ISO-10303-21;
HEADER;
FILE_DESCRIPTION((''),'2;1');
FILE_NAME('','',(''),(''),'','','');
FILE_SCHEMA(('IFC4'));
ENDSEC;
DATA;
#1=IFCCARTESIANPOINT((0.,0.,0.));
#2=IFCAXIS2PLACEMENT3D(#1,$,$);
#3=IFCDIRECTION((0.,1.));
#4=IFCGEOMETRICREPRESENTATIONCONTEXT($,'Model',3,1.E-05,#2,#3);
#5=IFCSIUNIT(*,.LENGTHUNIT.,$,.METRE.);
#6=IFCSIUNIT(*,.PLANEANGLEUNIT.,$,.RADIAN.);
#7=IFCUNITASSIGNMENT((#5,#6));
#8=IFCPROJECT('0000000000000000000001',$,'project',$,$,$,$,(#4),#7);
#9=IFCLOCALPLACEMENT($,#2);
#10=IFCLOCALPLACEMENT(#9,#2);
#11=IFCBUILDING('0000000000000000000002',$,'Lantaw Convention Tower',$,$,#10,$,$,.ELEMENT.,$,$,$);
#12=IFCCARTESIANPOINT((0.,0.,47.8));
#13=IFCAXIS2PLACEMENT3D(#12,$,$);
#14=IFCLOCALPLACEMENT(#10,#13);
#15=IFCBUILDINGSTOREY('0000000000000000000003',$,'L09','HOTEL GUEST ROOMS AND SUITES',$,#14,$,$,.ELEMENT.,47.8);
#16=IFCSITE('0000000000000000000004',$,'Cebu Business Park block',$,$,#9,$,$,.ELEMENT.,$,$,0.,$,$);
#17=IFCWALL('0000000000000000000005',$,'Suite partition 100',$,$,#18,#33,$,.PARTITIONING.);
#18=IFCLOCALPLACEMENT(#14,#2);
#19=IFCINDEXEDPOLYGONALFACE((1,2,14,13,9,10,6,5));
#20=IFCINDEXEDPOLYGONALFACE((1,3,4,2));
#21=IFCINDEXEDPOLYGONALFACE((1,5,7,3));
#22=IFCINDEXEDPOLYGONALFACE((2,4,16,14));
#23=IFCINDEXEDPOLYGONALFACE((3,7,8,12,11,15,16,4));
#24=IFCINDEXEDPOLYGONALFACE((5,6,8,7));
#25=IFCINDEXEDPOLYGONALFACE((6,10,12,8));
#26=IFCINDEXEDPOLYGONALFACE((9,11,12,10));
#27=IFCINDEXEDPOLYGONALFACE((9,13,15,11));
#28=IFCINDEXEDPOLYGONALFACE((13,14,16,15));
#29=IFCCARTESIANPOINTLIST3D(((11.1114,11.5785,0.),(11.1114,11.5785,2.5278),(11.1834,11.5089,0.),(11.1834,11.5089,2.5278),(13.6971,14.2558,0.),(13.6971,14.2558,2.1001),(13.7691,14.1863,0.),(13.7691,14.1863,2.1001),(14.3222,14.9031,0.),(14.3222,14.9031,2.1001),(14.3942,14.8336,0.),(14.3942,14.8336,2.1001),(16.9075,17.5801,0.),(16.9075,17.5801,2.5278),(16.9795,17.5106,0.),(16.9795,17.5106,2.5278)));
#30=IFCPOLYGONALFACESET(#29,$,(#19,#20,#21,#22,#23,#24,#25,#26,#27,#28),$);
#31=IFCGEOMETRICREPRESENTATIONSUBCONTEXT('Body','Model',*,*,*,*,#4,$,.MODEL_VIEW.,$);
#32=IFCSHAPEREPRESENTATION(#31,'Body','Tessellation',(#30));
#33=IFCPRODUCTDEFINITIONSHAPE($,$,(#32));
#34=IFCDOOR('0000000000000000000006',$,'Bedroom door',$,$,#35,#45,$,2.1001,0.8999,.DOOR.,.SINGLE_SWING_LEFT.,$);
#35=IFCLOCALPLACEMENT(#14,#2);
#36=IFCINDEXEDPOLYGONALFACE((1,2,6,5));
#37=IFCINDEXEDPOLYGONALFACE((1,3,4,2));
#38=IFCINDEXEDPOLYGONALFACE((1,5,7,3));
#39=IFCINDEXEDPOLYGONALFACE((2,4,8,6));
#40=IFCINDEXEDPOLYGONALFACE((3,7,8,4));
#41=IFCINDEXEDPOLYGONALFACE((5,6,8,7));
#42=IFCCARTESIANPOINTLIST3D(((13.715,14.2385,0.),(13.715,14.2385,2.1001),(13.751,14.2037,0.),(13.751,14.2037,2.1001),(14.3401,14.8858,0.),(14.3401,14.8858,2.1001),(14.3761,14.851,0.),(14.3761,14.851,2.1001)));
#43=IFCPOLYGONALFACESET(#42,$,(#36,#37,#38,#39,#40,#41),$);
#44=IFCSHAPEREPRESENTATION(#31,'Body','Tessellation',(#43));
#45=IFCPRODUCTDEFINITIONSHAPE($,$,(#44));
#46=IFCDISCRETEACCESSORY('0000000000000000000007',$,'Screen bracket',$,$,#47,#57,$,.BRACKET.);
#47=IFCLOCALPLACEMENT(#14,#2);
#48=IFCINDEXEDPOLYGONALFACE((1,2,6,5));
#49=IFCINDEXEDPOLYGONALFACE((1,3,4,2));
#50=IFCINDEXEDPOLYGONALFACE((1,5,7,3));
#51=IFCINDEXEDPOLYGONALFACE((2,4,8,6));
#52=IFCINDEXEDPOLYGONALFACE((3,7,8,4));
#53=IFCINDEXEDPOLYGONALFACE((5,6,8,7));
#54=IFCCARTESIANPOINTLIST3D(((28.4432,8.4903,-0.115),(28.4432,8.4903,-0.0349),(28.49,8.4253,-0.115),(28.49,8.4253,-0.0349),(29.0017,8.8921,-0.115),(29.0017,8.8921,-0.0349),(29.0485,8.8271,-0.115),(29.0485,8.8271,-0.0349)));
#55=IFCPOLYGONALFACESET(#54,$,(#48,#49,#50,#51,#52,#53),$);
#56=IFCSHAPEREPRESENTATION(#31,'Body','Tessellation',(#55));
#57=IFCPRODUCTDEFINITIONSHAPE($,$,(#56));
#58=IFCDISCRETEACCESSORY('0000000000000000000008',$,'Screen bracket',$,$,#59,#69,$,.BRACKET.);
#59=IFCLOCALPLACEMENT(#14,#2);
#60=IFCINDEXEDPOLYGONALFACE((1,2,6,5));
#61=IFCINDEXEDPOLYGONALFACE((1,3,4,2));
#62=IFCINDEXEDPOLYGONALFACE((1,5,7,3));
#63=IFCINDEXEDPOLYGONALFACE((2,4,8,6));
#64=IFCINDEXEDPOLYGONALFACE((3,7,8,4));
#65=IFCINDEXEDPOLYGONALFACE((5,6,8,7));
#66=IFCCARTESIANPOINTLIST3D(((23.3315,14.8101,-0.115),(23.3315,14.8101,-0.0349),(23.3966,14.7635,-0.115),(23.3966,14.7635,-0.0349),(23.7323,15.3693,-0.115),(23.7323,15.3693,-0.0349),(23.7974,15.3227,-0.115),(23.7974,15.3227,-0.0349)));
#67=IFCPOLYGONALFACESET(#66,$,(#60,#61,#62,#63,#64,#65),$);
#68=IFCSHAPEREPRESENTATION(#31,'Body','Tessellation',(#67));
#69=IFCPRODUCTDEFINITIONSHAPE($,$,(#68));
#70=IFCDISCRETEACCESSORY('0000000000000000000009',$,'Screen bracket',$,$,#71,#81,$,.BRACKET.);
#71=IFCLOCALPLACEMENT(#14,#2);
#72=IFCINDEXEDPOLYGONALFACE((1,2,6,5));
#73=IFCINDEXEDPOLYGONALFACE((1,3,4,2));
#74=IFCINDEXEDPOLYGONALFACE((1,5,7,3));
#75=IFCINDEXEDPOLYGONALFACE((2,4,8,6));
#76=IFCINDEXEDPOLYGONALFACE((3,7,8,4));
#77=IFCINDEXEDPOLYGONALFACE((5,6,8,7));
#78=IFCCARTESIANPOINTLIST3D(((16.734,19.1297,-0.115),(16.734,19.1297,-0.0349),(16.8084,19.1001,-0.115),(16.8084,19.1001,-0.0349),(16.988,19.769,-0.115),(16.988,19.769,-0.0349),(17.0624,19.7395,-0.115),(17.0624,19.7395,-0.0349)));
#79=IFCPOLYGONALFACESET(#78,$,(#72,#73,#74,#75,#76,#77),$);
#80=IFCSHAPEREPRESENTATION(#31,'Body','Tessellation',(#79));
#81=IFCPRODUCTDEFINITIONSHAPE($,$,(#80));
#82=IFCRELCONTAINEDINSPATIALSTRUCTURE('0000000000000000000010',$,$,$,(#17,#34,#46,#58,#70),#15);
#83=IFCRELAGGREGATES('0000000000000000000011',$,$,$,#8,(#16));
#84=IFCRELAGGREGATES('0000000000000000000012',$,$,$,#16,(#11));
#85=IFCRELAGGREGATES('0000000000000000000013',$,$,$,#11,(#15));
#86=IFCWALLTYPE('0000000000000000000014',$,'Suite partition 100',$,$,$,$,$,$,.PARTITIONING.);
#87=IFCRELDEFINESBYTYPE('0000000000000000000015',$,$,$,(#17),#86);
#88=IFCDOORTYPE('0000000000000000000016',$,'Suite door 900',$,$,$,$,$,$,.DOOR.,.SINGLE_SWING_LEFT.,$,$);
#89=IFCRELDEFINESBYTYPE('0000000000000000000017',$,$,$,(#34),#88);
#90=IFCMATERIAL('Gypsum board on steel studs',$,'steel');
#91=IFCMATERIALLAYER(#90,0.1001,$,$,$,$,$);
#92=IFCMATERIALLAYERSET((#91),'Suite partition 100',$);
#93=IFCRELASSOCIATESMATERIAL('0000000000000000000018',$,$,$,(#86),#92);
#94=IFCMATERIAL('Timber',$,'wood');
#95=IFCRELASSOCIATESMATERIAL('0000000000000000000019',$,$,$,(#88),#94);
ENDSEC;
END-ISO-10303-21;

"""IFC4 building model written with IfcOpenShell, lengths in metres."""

from ifc_helpers import new_model, si_unit, direction, frame, frame_2d, origin, origin_2d, place, context, subcontext, project, spatial, rectangle, extrude, material, layer, layer_set, type_object, element, fill, save


model = new_model("IFC4")

# Units and contexts
model_context = context("Model", 3, precision=1e-05, world=origin(), true_north=direction((0.0, 1.0)))
body_context = subcontext(model_context, "Body", "Model", "MODEL_VIEW")
ifc_project = project(units=[si_unit("LENGTHUNIT", "METRE"), si_unit("PLANEANGLEUNIT", "RADIAN")], contexts=[model_context])

# Site, building, storey
site_placement = place(None, origin())
site = spatial("IfcSite", under=ifc_project, at=site_placement, Name="Cebu Business Park block", CompositionType="ELEMENT", RefElevation=0.0)
building_placement = place(site_placement, origin())
building = spatial("IfcBuilding", under=site, at=building_placement, Name="Lantaw Convention Tower", CompositionType="ELEMENT")
storey_placement = place(building_placement, frame((0.0, 0.0, 47.8)))
storey = spatial("IfcBuildingStorey", under=building, at=storey_placement, Name="L09", Description="HOTEL GUEST ROOMS AND SUITES", CompositionType="ELEMENT", Elevation=47.8)

# Shared definitions
ifc_material_1 = material(Name="Timber", Category="wood")

# Wall, opening, door
ifc_material_2 = material(Name="Gypsum board on steel studs", Category="steel")
ifc_layer_1 = layer(ifc_material_2, 0.1001)
ifc_layer_set_1 = layer_set([ifc_layer_1], Name="Suite partition 100")
wall_type_1 = type_object("IfcWallType", Name="Suite partition 100", PredefinedType="PARTITIONING", material=ifc_layer_set_1)
wall_1_placement = place(storey_placement, frame((16.9436, 17.5454, 0.0), z_axis=(0.0, 0.0, 1.0), x_axis=(-0.694681, -0.719318, 0.0)))
wall_1 = element("IfcWall", 1, at=wall_1_placement, inside=storey, type_object=wall_type_1, Name="Suite partition 100", PredefinedType="PARTITIONING", context=body_context, shape_type="SweptSolid", body=[
    extrude(rectangle(XDim=8.3435, YDim=0.1001, at=frame_2d((4.1719, 0.0))), origin(), (0.0, 0.0, 1.0), 2.5278),
])
opening_1_placement = place(wall_1_placement, frame((3.7217, 0.0, 0.0)))
opening_1 = element("IfcOpeningElement", 2, at=opening_1_placement, cuts=wall_1, PredefinedType="OPENING", context=body_context, shape_type="SweptSolid", body=[
    extrude(rectangle(XDim=0.8999, YDim=2.1001, at=frame_2d((0.45, 1.05))), frame((0.0, 0.0601, 0.0), z_axis=(0.0, -1.0, 0.0), x_axis=(1.0, 0.0, 0.0)), (0.0, 0.0, 1.0), 0.1201),
])
door_type_1 = type_object("IfcDoorType", Name="Suite door 900", OperationType="SINGLE_SWING_LEFT", PredefinedType="DOOR", material=ifc_material_1)
door_1_placement = place(opening_1_placement, origin())
door_1 = element("IfcDoor", 3, at=door_1_placement, inside=storey, type_object=door_type_1, Name="Bedroom door", OperationType="SINGLE_SWING_LEFT", OverallHeight=2.1001, OverallWidth=0.8999, PredefinedType="DOOR", context=body_context, shape_type="SweptSolid", body=[
    extrude(rectangle(XDim=0.8999, YDim=2.1001, at=frame_2d((0.45, 1.05))), frame((0.0, 0.0249, 0.0), z_axis=(0.0, -1.0, 0.0), x_axis=(1.0, 0.0, 0.0)), (0.0, 0.0, 1.0), 0.05),
])
fill(opening_1, door_1)

# Discrete accessories
for number, where, z_axis, x_axis, name in (
    (4, (28.7458, 8.6587, -0.115), (0.0, 0.0, 1.0), (-0.583951, 0.811789, 0.0), "Screen bracket"),
    (5, (23.5645, 15.0664, -0.115), (0.0, 0.0, 1.0), (-0.812804, 0.582538, 0.0), "Screen bracket"),
    (6, (16.8982, 19.4346, -0.115), (0.0, 0.0, 1.0), (-0.929361, 0.369172, 0.0), "Screen bracket"),
):
    element("IfcDiscreteAccessory", number, at=place(storey_placement, frame(where, z_axis=z_axis, x_axis=x_axis)), inside=storey, Name=name, PredefinedType="BRACKET", context=body_context, shape_type="SweptSolid", body=[
        extrude(rectangle(XDim=0.0801, YDim=0.688, at=origin_2d()), origin(), (0.0, 0.0, 1.0), 0.0801),
    ])

save(model, "model.ifc")
